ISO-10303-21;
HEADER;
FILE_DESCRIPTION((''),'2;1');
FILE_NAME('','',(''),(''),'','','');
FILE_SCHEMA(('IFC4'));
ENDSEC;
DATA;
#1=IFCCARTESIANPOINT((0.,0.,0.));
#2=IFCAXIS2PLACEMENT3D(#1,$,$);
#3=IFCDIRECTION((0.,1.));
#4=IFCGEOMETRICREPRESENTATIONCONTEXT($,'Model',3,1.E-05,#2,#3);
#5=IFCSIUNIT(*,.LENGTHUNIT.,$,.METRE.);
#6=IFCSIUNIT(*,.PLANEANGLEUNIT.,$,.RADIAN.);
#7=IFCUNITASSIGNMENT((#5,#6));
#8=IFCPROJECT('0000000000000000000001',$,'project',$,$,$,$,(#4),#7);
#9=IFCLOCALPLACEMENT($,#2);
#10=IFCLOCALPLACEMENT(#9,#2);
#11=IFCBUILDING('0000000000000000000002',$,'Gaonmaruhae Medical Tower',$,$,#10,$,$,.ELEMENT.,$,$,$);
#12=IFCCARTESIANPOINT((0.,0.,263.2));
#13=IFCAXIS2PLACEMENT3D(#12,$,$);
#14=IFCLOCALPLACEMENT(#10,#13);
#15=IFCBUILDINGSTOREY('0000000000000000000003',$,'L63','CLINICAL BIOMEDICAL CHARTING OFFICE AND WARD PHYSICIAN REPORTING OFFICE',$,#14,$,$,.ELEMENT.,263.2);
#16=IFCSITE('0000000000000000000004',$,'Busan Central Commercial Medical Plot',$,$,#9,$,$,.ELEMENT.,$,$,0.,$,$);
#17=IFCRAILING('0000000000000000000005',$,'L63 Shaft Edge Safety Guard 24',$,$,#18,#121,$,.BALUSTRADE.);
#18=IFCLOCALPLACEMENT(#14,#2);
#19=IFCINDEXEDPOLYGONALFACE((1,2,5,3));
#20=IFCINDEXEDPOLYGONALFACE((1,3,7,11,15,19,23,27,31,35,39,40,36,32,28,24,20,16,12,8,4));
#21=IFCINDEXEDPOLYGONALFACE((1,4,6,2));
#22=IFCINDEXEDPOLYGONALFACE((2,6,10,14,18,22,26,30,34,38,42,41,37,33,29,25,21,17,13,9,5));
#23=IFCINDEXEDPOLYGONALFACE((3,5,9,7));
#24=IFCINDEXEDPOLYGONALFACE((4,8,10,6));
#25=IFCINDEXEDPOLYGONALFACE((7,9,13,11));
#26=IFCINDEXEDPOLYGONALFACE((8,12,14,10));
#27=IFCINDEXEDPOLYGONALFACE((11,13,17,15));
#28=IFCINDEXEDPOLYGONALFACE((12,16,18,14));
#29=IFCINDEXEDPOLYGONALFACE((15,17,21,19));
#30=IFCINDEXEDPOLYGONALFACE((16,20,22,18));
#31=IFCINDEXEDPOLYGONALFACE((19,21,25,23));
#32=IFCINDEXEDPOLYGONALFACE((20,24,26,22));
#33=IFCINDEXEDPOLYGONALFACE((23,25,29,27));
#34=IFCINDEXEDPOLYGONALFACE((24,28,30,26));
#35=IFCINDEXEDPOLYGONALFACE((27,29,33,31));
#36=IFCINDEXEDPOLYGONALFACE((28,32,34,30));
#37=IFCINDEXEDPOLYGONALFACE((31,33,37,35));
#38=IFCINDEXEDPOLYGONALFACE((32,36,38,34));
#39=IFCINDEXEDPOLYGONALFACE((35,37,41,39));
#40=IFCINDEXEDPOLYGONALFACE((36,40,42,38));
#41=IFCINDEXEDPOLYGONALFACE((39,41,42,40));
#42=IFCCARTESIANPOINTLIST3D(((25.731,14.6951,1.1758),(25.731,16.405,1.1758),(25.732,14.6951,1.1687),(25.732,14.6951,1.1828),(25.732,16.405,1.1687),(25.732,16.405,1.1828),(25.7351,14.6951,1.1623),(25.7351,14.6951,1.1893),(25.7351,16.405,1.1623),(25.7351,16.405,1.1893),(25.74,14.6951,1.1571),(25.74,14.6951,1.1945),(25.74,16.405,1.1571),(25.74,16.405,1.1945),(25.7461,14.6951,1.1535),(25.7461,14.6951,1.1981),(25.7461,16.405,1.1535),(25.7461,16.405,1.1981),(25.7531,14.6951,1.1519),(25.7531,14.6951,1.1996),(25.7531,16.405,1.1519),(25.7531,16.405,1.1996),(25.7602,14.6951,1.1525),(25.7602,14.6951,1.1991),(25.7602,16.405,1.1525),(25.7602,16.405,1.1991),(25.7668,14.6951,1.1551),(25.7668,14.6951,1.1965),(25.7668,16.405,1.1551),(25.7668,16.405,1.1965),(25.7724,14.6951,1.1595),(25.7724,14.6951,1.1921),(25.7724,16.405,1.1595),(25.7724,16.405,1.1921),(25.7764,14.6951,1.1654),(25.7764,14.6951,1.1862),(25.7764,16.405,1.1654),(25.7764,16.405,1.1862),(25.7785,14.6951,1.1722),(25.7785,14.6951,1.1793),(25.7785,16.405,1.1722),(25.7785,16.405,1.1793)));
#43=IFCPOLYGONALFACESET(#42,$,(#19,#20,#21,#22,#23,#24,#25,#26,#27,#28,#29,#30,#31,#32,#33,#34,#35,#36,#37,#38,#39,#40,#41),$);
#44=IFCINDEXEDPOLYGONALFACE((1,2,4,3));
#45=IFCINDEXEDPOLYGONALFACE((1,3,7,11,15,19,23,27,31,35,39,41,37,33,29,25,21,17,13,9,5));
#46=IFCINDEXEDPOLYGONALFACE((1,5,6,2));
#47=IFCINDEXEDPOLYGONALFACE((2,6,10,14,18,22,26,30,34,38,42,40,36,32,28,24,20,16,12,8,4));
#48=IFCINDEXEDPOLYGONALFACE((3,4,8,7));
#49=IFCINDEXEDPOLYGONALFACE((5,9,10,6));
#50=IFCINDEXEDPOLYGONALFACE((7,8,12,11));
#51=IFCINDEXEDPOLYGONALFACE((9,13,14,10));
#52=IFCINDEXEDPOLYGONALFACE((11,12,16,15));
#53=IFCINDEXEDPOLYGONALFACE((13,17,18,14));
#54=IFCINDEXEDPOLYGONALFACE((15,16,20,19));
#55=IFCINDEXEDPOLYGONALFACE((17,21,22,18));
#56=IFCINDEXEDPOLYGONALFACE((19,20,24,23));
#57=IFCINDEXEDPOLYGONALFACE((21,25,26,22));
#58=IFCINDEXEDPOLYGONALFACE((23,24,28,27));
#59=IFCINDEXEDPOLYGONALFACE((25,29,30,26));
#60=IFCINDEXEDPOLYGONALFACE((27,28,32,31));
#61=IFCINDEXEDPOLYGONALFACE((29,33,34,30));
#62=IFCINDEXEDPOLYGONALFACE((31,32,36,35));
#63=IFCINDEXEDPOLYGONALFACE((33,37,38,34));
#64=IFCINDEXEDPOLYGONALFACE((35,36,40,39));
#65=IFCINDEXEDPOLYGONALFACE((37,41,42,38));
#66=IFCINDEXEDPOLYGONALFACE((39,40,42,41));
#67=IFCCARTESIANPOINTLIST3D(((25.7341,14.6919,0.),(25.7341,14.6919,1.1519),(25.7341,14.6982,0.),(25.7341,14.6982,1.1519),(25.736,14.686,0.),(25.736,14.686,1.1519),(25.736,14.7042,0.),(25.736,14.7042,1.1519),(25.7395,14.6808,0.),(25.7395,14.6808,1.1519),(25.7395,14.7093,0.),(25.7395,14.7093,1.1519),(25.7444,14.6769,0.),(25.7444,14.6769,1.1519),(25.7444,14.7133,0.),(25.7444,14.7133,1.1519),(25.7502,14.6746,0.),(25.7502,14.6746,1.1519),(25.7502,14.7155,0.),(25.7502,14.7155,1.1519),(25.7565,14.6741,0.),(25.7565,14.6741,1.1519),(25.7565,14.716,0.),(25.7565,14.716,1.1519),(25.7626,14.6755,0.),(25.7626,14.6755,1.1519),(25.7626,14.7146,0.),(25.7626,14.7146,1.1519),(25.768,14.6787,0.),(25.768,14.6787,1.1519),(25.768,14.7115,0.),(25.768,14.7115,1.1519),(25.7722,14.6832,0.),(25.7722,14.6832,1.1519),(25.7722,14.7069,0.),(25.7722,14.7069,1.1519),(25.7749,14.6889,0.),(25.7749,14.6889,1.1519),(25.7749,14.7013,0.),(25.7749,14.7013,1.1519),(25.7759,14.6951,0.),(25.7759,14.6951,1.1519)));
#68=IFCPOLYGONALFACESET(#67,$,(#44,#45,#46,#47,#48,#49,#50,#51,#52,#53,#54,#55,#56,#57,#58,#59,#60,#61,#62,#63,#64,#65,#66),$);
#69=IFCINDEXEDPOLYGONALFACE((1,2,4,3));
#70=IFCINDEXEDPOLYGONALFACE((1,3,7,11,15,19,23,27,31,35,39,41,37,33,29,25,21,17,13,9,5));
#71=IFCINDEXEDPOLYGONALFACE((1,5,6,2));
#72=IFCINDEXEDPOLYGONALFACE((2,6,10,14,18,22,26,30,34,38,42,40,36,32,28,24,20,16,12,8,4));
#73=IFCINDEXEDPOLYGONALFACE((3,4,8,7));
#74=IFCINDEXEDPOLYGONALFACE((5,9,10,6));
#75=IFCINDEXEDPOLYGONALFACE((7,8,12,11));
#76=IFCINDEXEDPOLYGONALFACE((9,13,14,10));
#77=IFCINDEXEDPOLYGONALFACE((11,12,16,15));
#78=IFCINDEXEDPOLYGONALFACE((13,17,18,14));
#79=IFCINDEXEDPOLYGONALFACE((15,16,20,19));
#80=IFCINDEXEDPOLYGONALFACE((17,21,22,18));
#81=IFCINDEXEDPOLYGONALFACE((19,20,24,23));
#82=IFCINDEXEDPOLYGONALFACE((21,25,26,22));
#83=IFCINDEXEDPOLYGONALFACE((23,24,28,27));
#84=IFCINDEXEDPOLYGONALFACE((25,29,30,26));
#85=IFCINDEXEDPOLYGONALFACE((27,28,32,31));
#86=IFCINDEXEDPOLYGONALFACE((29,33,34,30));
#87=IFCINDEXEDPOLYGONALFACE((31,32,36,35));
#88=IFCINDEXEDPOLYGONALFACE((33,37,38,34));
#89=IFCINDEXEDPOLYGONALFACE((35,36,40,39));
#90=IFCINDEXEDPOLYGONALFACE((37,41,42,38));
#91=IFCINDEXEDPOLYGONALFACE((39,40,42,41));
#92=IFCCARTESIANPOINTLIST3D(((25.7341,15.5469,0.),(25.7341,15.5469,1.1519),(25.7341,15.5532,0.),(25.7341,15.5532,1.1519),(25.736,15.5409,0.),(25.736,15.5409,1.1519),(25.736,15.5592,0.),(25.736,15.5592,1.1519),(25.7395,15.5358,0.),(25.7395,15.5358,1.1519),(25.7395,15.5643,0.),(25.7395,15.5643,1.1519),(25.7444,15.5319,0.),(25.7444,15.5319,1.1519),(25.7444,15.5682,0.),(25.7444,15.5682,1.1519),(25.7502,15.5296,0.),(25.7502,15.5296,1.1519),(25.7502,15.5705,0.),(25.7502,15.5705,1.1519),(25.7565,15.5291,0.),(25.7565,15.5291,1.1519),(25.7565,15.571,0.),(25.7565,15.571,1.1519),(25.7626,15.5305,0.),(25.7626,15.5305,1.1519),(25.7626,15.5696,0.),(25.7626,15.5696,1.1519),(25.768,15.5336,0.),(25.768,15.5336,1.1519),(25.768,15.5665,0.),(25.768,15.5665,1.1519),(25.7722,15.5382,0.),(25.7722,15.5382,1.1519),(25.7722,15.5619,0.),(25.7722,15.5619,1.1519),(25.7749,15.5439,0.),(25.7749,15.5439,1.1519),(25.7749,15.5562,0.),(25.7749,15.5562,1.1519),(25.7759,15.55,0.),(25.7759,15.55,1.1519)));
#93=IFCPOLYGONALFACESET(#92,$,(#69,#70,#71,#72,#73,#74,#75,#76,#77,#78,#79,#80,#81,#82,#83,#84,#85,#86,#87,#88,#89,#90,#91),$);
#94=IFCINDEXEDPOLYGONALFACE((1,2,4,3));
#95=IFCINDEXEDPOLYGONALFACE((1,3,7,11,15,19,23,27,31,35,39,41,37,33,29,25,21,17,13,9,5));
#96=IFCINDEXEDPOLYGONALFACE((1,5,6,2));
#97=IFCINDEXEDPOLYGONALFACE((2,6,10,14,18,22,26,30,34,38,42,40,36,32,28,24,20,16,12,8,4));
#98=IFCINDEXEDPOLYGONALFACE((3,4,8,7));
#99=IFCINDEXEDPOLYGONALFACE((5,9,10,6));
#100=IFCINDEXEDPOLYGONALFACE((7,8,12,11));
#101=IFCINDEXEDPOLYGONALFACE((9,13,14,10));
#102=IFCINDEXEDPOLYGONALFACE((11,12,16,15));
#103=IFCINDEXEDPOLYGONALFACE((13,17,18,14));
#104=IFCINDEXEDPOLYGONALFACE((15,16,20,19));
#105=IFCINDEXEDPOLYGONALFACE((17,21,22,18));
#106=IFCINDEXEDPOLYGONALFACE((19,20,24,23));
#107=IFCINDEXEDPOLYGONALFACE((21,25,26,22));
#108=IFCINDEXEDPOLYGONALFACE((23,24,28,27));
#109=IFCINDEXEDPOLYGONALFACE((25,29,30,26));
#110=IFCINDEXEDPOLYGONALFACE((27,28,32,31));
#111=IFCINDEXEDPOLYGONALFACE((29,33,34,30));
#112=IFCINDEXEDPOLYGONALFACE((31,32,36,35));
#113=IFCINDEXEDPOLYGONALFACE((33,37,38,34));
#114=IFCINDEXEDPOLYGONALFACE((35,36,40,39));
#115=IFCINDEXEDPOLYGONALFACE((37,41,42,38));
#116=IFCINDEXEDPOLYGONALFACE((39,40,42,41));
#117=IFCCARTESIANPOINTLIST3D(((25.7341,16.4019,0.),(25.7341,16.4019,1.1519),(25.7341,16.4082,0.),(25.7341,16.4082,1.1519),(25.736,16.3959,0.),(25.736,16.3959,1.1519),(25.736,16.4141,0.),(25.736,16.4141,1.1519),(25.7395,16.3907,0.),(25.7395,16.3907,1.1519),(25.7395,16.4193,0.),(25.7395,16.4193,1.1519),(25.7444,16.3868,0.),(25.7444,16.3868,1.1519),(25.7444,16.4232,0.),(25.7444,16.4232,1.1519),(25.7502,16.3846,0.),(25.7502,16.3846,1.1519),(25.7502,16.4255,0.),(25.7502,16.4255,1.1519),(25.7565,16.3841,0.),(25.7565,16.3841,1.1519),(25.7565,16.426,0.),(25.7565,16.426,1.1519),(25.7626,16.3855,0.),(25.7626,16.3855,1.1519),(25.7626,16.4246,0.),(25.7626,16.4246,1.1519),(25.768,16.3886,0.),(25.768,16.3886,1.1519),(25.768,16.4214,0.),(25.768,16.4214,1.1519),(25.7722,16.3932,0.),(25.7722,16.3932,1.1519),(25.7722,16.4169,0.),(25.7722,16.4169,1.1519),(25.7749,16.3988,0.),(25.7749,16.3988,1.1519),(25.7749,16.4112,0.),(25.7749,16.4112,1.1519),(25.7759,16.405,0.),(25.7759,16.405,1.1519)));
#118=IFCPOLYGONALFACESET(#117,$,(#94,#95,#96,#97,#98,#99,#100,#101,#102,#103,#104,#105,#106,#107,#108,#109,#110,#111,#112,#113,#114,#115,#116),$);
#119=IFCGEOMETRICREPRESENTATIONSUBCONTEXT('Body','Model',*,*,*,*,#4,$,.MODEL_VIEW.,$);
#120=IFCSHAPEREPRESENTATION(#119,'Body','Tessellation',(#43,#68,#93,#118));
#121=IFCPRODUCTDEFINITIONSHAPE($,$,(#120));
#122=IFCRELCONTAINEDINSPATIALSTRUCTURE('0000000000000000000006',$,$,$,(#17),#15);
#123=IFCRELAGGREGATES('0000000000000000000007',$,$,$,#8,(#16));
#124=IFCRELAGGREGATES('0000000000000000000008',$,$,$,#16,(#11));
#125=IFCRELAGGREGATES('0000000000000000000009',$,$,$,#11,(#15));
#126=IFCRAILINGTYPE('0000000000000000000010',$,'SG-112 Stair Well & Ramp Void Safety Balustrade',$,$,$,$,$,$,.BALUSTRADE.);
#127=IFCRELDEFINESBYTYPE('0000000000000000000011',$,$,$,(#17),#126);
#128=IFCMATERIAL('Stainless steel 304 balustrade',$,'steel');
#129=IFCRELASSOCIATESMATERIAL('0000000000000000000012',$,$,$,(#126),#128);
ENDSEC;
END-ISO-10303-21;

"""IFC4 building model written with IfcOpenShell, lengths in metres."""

from ifc_helpers import new_model, si_unit, direction, frame, origin, origin_2d, place, context, subcontext, project, spatial, circle, extrude, material, type_object, element, save


model = new_model("IFC4")

# Units and contexts
model_context = context("Model", 3, precision=1e-05, world=origin(), true_north=direction((0.0, 1.0)))
body_context = subcontext(model_context, "Body", "Model", "MODEL_VIEW")
ifc_project = project(units=[si_unit("LENGTHUNIT", "METRE"), si_unit("PLANEANGLEUNIT", "RADIAN")], contexts=[model_context])

# Site, building, storey
site_placement = place(None, origin())
site = spatial("IfcSite", under=ifc_project, at=site_placement, Name="Busan Central Commercial Medical Plot", CompositionType="ELEMENT", RefElevation=0.0)
building_placement = place(site_placement, origin())
building = spatial("IfcBuilding", under=site, at=building_placement, Name="Gaonmaruhae Medical Tower", CompositionType="ELEMENT")
storey_placement = place(building_placement, frame((0.0, 0.0, 263.2)))
storey = spatial("IfcBuildingStorey", under=building, at=storey_placement, Name="L63", Description="CLINICAL BIOMEDICAL CHARTING OFFICE AND WARD PHYSICIAN REPORTING OFFICE", CompositionType="ELEMENT", Elevation=263.2)

# Railing
ifc_material_1 = material(Name="Stainless steel 304 balustrade", Category="steel")
railing_type = type_object("IfcRailingType", Name="SG-112 Stair Well & Ramp Void Safety Balustrade", PredefinedType="BALUSTRADE", material=ifc_material_1)
railing_1_placement = place(storey_placement, frame((25.7549, 14.6951, 0.0)))
element("IfcRailing", 1, at=railing_1_placement, inside=storey, type_object=railing_type, Name="L63 Shaft Edge Safety Guard 24", PredefinedType="BALUSTRADE", context=body_context, shape_type="SweptSolid", body=[
    extrude(circle(Radius=0.0239, at=origin_2d()), frame((0.0, 0.0, 1.1758), z_axis=(0.0, 1.0, 0.0), x_axis=(-1.0, 0.0, 0.0)), (0.0, 0.0, 1.0), 1.71),
    extrude(circle(Radius=0.021, at=origin_2d()), origin(), (0.0, 0.0, 1.0), 1.1519),
    extrude(circle(Radius=0.021, at=origin_2d()), frame((0.0, 0.855, 0.0)), (0.0, 0.0, 1.0), 1.1519),
    extrude(circle(Radius=0.021, at=origin_2d()), frame((0.0, 1.71, 0.0)), (0.0, 0.0, 1.0), 1.1519),
])

save(model, "model.ifc")
